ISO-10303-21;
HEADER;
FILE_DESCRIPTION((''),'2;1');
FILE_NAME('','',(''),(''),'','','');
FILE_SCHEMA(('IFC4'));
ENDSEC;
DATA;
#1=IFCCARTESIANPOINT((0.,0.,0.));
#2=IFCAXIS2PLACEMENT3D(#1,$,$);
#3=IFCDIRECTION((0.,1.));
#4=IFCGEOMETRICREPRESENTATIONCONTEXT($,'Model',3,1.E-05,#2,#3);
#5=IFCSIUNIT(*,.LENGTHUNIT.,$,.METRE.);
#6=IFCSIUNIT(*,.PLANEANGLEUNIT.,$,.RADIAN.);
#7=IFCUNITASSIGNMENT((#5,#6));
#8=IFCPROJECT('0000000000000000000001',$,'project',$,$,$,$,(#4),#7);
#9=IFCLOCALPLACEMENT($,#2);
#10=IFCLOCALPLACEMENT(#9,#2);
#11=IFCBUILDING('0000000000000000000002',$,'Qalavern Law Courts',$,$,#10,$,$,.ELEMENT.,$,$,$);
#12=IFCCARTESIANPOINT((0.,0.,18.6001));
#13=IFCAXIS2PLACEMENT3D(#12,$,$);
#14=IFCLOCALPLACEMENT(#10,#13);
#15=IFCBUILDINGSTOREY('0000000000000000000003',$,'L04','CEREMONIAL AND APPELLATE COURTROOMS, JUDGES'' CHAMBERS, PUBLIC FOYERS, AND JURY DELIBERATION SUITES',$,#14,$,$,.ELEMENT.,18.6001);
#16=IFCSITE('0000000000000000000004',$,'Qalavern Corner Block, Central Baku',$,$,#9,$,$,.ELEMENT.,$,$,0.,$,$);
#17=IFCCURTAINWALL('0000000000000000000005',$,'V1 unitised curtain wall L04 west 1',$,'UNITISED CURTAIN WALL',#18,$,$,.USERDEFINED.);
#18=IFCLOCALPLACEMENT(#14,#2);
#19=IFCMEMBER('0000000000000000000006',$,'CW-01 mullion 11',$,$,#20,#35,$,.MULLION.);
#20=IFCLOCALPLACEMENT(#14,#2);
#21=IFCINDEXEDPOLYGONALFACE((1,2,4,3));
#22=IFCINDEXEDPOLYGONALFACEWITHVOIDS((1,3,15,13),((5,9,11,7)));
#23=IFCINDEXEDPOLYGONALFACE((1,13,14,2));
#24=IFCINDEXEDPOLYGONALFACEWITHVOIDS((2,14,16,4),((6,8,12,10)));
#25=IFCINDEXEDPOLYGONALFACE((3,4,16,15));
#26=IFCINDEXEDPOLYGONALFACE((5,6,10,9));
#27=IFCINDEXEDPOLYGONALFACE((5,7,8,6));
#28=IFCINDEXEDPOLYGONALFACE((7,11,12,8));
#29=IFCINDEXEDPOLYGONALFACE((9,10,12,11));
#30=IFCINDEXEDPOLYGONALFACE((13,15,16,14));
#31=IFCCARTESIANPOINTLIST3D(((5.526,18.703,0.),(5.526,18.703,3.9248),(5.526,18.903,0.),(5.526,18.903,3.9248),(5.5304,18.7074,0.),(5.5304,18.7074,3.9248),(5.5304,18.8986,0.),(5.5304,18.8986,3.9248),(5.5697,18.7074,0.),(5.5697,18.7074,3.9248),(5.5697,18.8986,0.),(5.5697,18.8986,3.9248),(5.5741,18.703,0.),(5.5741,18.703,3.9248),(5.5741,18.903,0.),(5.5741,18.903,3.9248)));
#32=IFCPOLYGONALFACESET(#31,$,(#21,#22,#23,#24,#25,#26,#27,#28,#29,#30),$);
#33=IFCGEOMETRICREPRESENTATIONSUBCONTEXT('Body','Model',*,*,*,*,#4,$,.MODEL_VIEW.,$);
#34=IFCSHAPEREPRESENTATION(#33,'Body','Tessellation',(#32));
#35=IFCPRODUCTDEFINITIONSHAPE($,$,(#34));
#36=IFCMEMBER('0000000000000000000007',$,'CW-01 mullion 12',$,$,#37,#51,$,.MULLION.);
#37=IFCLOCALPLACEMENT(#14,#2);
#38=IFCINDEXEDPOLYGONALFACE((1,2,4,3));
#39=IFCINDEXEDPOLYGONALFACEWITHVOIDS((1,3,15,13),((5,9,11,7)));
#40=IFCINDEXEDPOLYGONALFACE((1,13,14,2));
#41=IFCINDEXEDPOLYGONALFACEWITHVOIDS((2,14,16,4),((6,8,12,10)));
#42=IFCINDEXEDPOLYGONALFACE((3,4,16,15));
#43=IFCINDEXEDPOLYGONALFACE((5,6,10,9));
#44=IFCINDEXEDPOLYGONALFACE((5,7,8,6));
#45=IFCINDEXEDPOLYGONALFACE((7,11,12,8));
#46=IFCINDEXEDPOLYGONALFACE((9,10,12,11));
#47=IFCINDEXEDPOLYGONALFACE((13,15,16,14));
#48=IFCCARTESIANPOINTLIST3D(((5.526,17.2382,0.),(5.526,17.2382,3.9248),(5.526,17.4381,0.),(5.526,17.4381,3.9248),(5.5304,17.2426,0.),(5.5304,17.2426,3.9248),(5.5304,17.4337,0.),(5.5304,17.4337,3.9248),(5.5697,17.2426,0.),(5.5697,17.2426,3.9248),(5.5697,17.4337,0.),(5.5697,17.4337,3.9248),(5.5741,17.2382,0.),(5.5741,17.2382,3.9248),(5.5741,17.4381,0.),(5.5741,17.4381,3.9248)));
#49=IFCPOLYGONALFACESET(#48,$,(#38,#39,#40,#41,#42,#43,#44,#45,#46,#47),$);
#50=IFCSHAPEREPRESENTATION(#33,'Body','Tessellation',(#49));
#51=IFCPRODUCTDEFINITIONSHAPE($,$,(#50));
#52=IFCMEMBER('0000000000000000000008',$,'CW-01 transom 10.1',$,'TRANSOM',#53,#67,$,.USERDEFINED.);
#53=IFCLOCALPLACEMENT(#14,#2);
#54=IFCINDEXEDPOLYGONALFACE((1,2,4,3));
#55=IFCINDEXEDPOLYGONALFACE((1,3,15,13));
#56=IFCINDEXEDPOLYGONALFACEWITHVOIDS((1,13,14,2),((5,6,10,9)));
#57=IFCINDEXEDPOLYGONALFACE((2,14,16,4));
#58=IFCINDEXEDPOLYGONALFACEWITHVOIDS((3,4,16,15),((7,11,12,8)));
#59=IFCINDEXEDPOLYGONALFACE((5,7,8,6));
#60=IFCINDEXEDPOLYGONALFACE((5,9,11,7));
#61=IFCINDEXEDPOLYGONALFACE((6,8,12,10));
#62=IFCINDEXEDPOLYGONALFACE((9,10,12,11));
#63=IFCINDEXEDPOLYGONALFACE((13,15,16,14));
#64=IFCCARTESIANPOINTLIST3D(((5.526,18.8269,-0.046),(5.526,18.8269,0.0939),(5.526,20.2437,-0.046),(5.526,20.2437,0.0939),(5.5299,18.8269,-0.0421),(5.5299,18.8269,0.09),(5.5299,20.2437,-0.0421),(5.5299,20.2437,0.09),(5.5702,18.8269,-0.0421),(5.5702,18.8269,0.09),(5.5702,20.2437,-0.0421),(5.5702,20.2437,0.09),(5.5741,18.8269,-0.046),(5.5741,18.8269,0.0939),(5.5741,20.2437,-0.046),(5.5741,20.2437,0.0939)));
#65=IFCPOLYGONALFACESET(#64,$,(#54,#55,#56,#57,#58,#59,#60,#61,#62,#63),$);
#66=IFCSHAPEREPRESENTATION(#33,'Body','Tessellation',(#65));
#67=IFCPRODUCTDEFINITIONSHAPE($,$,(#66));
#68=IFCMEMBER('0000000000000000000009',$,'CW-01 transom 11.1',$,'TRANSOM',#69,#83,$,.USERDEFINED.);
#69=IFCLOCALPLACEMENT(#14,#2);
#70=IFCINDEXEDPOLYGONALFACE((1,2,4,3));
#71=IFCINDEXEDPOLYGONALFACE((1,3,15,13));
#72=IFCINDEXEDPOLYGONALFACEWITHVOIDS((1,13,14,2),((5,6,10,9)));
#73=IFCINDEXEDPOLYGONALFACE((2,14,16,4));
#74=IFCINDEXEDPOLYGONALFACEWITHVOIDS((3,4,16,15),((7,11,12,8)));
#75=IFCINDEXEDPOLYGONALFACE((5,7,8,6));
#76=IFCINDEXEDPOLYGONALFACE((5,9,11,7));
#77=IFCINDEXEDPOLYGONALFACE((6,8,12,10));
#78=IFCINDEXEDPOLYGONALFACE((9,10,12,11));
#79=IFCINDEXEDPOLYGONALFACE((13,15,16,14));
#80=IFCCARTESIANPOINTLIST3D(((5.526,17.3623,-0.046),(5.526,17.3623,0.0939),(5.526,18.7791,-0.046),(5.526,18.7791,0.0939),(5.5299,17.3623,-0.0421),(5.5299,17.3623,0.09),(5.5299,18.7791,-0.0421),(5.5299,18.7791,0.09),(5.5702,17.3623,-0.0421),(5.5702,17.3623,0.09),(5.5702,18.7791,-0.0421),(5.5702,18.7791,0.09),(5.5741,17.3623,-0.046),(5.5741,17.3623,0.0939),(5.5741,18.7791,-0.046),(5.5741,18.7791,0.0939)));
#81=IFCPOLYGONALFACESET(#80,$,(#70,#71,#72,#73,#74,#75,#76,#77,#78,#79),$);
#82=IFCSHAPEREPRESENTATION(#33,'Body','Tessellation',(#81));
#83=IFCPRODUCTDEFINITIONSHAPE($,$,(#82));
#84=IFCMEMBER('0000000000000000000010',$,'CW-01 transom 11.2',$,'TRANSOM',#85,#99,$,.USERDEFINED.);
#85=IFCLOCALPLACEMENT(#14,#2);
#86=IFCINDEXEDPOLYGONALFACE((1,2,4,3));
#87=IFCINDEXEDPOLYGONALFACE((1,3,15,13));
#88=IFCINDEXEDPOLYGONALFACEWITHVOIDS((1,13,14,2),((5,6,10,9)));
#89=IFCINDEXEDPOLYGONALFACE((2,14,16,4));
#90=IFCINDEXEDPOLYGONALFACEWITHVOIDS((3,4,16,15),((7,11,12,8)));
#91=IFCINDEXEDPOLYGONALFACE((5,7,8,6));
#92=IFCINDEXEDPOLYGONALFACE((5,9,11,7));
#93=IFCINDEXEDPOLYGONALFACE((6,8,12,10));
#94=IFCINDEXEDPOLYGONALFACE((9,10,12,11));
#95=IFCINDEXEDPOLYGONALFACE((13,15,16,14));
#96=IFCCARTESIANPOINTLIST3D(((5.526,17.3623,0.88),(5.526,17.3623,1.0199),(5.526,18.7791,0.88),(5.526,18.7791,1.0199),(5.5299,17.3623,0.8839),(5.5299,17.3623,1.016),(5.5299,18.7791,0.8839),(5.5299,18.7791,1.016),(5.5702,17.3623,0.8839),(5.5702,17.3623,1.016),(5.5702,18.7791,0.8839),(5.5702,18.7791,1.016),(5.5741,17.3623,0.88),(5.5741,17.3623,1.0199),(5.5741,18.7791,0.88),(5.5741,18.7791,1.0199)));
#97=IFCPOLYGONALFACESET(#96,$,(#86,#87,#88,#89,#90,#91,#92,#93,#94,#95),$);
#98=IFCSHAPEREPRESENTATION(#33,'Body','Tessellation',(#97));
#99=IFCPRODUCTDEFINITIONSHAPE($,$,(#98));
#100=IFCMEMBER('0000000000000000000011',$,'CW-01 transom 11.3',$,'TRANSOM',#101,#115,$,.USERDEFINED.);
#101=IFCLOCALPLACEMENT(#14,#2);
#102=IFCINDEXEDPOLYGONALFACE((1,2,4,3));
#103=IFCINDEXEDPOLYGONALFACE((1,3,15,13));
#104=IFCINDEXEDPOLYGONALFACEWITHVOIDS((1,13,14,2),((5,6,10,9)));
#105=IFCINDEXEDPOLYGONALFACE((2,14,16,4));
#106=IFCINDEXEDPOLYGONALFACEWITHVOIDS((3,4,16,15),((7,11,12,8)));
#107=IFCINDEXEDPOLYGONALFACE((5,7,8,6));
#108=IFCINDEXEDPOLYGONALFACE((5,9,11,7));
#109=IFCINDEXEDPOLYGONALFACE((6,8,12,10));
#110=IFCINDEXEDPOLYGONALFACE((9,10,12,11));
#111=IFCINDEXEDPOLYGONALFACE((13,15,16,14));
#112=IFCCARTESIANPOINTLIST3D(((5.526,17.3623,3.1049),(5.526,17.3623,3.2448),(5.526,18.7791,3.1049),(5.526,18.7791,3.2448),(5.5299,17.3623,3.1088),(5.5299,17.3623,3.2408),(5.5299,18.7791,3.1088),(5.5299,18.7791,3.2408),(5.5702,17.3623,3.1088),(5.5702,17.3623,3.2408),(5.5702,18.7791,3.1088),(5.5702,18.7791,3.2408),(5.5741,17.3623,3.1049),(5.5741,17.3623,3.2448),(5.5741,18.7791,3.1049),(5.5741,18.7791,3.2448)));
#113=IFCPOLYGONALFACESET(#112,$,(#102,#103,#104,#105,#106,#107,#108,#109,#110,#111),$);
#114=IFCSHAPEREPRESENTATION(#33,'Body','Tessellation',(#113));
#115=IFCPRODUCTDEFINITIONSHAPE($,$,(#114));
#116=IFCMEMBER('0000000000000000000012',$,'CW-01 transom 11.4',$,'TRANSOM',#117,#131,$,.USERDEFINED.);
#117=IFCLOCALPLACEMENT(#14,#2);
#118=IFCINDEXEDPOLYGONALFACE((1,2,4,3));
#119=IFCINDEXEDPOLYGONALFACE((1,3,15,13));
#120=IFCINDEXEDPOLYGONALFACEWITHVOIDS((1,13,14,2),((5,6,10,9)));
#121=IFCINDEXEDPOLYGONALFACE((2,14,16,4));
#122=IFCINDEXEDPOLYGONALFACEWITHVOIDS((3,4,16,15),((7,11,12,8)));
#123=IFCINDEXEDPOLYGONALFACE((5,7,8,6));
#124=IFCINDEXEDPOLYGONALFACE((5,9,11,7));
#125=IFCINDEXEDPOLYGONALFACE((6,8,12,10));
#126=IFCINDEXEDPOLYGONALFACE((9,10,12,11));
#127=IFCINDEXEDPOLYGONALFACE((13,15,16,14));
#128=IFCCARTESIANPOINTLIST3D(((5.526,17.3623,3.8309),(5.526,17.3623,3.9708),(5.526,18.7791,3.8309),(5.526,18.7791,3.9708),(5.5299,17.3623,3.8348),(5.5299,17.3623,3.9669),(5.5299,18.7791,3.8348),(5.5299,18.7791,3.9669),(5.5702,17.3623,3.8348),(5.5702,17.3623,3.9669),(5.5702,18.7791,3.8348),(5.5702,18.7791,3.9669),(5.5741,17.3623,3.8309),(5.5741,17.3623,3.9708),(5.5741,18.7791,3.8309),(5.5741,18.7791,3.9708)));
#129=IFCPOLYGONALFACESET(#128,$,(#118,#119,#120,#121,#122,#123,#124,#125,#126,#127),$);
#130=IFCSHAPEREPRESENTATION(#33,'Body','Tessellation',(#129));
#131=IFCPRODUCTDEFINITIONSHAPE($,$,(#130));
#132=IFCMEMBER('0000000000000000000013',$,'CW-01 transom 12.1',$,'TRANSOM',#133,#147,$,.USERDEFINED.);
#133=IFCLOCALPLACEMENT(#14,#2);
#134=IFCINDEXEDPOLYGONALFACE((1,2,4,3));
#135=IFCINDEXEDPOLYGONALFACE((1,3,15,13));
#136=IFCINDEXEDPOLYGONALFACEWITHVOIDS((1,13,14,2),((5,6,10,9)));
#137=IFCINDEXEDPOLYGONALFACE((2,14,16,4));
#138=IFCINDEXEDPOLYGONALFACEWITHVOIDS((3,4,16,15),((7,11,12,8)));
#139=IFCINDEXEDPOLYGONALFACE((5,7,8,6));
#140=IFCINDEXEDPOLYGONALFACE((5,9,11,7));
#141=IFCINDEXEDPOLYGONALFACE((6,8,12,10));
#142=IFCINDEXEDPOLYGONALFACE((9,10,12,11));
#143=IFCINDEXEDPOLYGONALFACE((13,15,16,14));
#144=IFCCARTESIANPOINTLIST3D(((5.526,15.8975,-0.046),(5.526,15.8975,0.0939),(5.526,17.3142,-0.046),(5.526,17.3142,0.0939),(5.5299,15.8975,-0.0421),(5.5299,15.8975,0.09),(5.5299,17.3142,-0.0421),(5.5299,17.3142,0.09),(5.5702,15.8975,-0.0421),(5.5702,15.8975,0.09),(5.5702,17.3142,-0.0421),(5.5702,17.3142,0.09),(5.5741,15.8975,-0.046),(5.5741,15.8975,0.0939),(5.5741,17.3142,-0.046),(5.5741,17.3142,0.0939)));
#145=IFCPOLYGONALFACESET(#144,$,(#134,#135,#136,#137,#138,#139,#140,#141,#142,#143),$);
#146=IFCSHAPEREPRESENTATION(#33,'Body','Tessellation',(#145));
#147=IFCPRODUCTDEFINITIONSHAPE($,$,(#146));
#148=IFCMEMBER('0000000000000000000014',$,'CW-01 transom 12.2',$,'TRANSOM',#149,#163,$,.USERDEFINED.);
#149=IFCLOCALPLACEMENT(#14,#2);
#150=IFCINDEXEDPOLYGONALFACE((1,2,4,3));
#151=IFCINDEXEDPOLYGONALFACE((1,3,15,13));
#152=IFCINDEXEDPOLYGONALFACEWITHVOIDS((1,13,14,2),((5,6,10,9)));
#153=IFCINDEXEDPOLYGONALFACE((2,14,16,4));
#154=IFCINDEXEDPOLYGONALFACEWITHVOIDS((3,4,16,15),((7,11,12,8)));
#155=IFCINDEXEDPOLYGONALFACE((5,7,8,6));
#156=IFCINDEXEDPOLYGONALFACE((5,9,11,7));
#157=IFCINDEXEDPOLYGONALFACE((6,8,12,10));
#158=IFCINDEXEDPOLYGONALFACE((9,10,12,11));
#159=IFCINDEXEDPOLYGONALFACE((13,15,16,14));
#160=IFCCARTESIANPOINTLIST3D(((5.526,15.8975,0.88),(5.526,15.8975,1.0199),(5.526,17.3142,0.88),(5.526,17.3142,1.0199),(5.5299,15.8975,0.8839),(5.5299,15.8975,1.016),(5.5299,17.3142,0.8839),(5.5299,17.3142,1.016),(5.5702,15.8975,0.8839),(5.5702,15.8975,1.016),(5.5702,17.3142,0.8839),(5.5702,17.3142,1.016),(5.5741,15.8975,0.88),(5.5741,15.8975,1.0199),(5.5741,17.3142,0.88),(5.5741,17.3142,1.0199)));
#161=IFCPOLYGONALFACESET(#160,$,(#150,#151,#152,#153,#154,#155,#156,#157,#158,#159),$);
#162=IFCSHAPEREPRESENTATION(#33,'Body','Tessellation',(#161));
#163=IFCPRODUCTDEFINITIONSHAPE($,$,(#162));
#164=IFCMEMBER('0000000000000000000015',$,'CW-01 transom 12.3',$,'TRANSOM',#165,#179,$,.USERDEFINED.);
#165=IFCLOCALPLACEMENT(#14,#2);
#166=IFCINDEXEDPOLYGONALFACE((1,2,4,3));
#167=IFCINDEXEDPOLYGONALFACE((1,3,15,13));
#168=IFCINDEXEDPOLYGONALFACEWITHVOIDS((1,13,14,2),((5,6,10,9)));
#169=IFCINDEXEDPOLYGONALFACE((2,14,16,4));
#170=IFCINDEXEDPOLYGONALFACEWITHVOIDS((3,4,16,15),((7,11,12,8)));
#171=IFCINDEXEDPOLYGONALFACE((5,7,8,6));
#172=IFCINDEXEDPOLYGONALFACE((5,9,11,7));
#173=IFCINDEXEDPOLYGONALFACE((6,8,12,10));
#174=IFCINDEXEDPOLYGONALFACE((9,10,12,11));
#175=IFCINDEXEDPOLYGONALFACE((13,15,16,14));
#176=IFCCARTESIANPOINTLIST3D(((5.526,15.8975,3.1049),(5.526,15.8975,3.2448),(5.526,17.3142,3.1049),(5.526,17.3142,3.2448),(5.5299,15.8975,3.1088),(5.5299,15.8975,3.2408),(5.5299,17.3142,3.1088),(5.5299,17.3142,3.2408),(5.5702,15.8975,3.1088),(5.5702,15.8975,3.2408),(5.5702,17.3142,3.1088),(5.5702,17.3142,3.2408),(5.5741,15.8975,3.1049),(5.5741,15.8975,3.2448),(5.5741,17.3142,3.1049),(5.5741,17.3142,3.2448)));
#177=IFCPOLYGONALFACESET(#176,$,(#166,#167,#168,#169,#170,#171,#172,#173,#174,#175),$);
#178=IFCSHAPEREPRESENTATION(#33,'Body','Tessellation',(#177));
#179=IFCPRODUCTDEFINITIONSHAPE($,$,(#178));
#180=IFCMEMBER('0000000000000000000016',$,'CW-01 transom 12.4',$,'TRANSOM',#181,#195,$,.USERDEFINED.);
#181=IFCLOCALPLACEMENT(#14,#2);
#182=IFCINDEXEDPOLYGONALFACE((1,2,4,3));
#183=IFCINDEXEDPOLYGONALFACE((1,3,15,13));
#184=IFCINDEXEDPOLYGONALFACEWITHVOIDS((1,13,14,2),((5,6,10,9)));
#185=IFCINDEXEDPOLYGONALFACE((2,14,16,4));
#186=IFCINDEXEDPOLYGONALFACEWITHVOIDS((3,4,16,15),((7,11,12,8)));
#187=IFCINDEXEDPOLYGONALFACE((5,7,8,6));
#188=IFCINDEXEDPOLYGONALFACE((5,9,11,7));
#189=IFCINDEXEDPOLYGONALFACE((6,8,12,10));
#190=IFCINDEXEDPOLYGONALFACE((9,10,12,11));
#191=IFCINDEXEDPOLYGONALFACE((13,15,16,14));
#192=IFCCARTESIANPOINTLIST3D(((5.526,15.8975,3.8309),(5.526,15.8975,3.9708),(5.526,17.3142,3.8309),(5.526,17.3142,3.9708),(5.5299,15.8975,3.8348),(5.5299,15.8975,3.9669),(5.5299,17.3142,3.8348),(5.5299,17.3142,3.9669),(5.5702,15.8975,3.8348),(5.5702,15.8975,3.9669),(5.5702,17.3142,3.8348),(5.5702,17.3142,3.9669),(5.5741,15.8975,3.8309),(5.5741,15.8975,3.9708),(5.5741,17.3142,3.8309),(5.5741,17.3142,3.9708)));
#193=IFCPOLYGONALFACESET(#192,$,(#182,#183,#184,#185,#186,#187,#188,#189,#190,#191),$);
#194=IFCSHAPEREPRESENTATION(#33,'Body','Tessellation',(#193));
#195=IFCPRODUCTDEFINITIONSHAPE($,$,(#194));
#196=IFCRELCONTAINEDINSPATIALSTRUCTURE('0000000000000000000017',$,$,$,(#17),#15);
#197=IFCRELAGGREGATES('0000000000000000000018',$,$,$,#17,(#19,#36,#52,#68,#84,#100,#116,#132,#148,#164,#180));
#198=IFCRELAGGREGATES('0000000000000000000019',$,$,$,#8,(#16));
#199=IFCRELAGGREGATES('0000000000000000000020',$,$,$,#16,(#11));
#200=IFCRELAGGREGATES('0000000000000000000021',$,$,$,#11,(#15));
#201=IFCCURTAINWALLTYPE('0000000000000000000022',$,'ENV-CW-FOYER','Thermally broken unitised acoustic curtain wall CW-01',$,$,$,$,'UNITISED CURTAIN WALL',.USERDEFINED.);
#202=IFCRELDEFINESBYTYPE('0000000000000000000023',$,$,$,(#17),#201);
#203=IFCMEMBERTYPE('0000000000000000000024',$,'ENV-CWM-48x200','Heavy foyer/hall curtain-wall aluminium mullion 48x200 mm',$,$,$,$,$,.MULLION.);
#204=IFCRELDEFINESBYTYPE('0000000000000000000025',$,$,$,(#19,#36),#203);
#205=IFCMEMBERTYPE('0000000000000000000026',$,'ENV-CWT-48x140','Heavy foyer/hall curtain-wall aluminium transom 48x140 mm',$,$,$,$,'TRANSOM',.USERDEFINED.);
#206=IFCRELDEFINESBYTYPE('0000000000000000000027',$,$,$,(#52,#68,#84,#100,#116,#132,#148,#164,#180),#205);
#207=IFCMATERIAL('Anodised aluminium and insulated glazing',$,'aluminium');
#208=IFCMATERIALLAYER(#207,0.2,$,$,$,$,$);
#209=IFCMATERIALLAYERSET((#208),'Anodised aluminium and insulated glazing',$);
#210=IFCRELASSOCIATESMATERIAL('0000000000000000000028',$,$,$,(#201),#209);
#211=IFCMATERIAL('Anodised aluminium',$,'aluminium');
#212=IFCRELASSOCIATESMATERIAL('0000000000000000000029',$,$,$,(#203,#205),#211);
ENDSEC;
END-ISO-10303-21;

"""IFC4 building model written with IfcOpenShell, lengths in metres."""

from ifc_helpers import new_model, si_unit, direction, frame, origin, origin_2d, place, context, subcontext, project, spatial, hollow_rectangle, extrude, material, layer, layer_set, material_profile, profile_set, type_object, element, aggregate, save


model = new_model("IFC4")

# Units and contexts
model_context = context("Model", 3, precision=1e-05, world=origin(), true_north=direction((0.0, 1.0)))
body_context = subcontext(model_context, "Body", "Model", "MODEL_VIEW")
ifc_project = project(units=[si_unit("LENGTHUNIT", "METRE"), si_unit("PLANEANGLEUNIT", "RADIAN")], contexts=[model_context])

# Site, building, storey
site_placement = place(None, origin())
site = spatial("IfcSite", under=ifc_project, at=site_placement, Name="Qalavern Corner Block, Central Baku", CompositionType="ELEMENT", RefElevation=0.0)
building_placement = place(site_placement, origin())
building = spatial("IfcBuilding", under=site, at=building_placement, Name="Qalavern Law Courts", CompositionType="ELEMENT")
storey_placement = place(building_placement, frame((0.0, 0.0, 18.6001)))
storey = spatial("IfcBuildingStorey", under=building, at=storey_placement, Name="L04", Description="CEREMONIAL AND APPELLATE COURTROOMS, JUDGES' CHAMBERS, PUBLIC FOYERS, AND JURY DELIBERATION SUITES", CompositionType="ELEMENT", Elevation=18.6001)

# Curtain wall, members
ifc_material_1 = material(Name="Anodised aluminium and insulated glazing", Category="aluminium")
ifc_layer_1 = layer(ifc_material_1, 0.2)
ifc_layer_set_1 = layer_set([ifc_layer_1], Name="Anodised aluminium and insulated glazing")
curtain_wall_type = type_object("IfcCurtainWallType", Name="ENV-CW-FOYER", Description="Thermally broken unitised acoustic curtain wall CW-01", ElementType="UNITISED CURTAIN WALL", PredefinedType="USERDEFINED", material=ifc_layer_set_1)
curtain_wall_placement = place(storey_placement, origin())
curtain_wall = element("IfcCurtainWall", 1, at=curtain_wall_placement, inside=storey, type_object=curtain_wall_type, Name="V1 unitised curtain wall L04 west 1", ObjectType="UNITISED CURTAIN WALL", PredefinedType="USERDEFINED")
ifc_material_2 = material(Name="Anodised aluminium", Category="aluminium")
ifc_material_profile_1 = material_profile(ifc_material_2, hollow_rectangle(XDim=0.0481, YDim=0.2, WallThickness=0.0044, at=origin_2d()), Name="ALU MULLION 48x200")
ifc_profile_set_1 = profile_set([ifc_material_profile_1], Name="Anodised aluminium")
member_type_1 = type_object("IfcMemberType", Name="ENV-CWM-48x200", Description="Heavy foyer/hall curtain-wall aluminium mullion 48x200 mm", PredefinedType="MULLION", material=ifc_profile_set_1)
member_1_placement = place(storey_placement, frame((5.55, 18.803, 0.0), z_axis=(0.0, 0.0, 1.0), x_axis=(1.0, 0.0, 0.0)))
member_1 = element("IfcMember", 2, at=member_1_placement, type_object=member_type_1, Name="CW-01 mullion 11", PredefinedType="MULLION", context=body_context, shape_type="SweptSolid", body=[
    extrude(hollow_rectangle(XDim=0.0481, YDim=0.2, WallThickness=0.0044, at=origin_2d()), origin(), (0.0, 0.0, 1.0), 3.9248),
])
member_2_placement = place(storey_placement, frame((5.55, 17.3381, 0.0), z_axis=(0.0, 0.0, 1.0), x_axis=(1.0, 0.0, 0.0)))
member_2 = element("IfcMember", 3, at=member_2_placement, type_object=member_type_1, Name="CW-01 mullion 12", PredefinedType="MULLION", context=body_context, shape_type="SweptSolid", body=[
    extrude(hollow_rectangle(XDim=0.0481, YDim=0.2, WallThickness=0.0044, at=origin_2d()), origin(), (0.0, 0.0, 1.0), 3.9248),
])
ifc_material_profile_2 = material_profile(ifc_material_2, hollow_rectangle(XDim=0.0481, YDim=0.1399, WallThickness=0.0039, at=origin_2d()), Name="ALU TRANSOM 48x140")
ifc_profile_set_2 = profile_set([ifc_material_profile_2], Name="Anodised aluminium")
member_type_2 = type_object("IfcMemberType", Name="ENV-CWT-48x140", Description="Heavy foyer/hall curtain-wall aluminium transom 48x140 mm", ElementType="TRANSOM", PredefinedType="USERDEFINED", material=ifc_profile_set_2)
member_3_placement = place(storey_placement, frame((5.55, 20.2437, 0.0239), z_axis=(0.0, -1.0, 0.0), x_axis=(1.0, 0.0, 0.0)))
member_3 = element("IfcMember", 4, at=member_3_placement, type_object=member_type_2, Name="CW-01 transom 10.1", ObjectType="TRANSOM", PredefinedType="USERDEFINED", context=body_context, shape_type="SweptSolid", body=[
    extrude(hollow_rectangle(XDim=0.0481, YDim=0.1399, WallThickness=0.0039, at=origin_2d()), origin(), (0.0, 0.0, 1.0), 1.4167),
])
member_4_placement = place(storey_placement, frame((5.55, 18.7791, 0.0239), z_axis=(0.0, -1.0, 0.0), x_axis=(1.0, 0.0, 0.0)))
member_4 = element("IfcMember", 5, at=member_4_placement, type_object=member_type_2, Name="CW-01 transom 11.1", ObjectType="TRANSOM", PredefinedType="USERDEFINED", context=body_context, shape_type="SweptSolid", body=[
    extrude(hollow_rectangle(XDim=0.0481, YDim=0.1399, WallThickness=0.0039, at=origin_2d()), origin(), (0.0, 0.0, 1.0), 1.4167),
])
member_5_placement = place(storey_placement, frame((5.55, 18.7791, 0.95), z_axis=(0.0, -1.0, 0.0), x_axis=(1.0, 0.0, 0.0)))
member_5 = element("IfcMember", 6, at=member_5_placement, type_object=member_type_2, Name="CW-01 transom 11.2", ObjectType="TRANSOM", PredefinedType="USERDEFINED", context=body_context, shape_type="SweptSolid", body=[
    extrude(hollow_rectangle(XDim=0.0481, YDim=0.1399, WallThickness=0.0039, at=origin_2d()), origin(), (0.0, 0.0, 1.0), 1.4167),
])
member_6_placement = place(storey_placement, frame((5.55, 18.7791, 3.1748), z_axis=(0.0, -1.0, 0.0), x_axis=(1.0, 0.0, 0.0)))
member_6 = element("IfcMember", 7, at=member_6_placement, type_object=member_type_2, Name="CW-01 transom 11.3", ObjectType="TRANSOM", PredefinedType="USERDEFINED", context=body_context, shape_type="SweptSolid", body=[
    extrude(hollow_rectangle(XDim=0.0481, YDim=0.1399, WallThickness=0.0039, at=origin_2d()), origin(), (0.0, 0.0, 1.0), 1.4167),
])
member_7_placement = place(storey_placement, frame((5.55, 18.7791, 3.9009), z_axis=(0.0, -1.0, 0.0), x_axis=(1.0, 0.0, 0.0)))
member_7 = element("IfcMember", 8, at=member_7_placement, type_object=member_type_2, Name="CW-01 transom 11.4", ObjectType="TRANSOM", PredefinedType="USERDEFINED", context=body_context, shape_type="SweptSolid", body=[
    extrude(hollow_rectangle(XDim=0.0481, YDim=0.1399, WallThickness=0.0039, at=origin_2d()), origin(), (0.0, 0.0, 1.0), 1.4167),
])
member_8_placement = place(storey_placement, frame((5.55, 17.3142, 0.0239), z_axis=(0.0, -1.0, 0.0), x_axis=(1.0, 0.0, 0.0)))
member_8 = element("IfcMember", 9, at=member_8_placement, type_object=member_type_2, Name="CW-01 transom 12.1", ObjectType="TRANSOM", PredefinedType="USERDEFINED", context=body_context, shape_type="SweptSolid", body=[
    extrude(hollow_rectangle(XDim=0.0481, YDim=0.1399, WallThickness=0.0039, at=origin_2d()), origin(), (0.0, 0.0, 1.0), 1.4167),
])
member_9_placement = place(storey_placement, frame((5.55, 17.3142, 0.95), z_axis=(0.0, -1.0, 0.0), x_axis=(1.0, 0.0, 0.0)))
member_9 = element("IfcMember", 10, at=member_9_placement, type_object=member_type_2, Name="CW-01 transom 12.2", ObjectType="TRANSOM", PredefinedType="USERDEFINED", context=body_context, shape_type="SweptSolid", body=[
    extrude(hollow_rectangle(XDim=0.0481, YDim=0.1399, WallThickness=0.0039, at=origin_2d()), origin(), (0.0, 0.0, 1.0), 1.4167),
])
member_10_placement = place(storey_placement, frame((5.55, 17.3142, 3.1748), z_axis=(0.0, -1.0, 0.0), x_axis=(1.0, 0.0, 0.0)))
member_10 = element("IfcMember", 11, at=member_10_placement, type_object=member_type_2, Name="CW-01 transom 12.3", ObjectType="TRANSOM", PredefinedType="USERDEFINED", context=body_context, shape_type="SweptSolid", body=[
    extrude(hollow_rectangle(XDim=0.0481, YDim=0.1399, WallThickness=0.0039, at=origin_2d()), origin(), (0.0, 0.0, 1.0), 1.4167),
])
member_11_placement = place(storey_placement, frame((5.55, 17.3142, 3.9009), z_axis=(0.0, -1.0, 0.0), x_axis=(1.0, 0.0, 0.0)))
member_11 = element("IfcMember", 12, at=member_11_placement, type_object=member_type_2, Name="CW-01 transom 12.4", ObjectType="TRANSOM", PredefinedType="USERDEFINED", context=body_context, shape_type="SweptSolid", body=[
    extrude(hollow_rectangle(XDim=0.0481, YDim=0.1399, WallThickness=0.0039, at=origin_2d()), origin(), (0.0, 0.0, 1.0), 1.4167),
])
aggregate(curtain_wall, [member_1, member_2, member_3, member_4, member_5, member_6, member_7, member_8, member_9, member_10, member_11])

save(model, "model.ifc")
